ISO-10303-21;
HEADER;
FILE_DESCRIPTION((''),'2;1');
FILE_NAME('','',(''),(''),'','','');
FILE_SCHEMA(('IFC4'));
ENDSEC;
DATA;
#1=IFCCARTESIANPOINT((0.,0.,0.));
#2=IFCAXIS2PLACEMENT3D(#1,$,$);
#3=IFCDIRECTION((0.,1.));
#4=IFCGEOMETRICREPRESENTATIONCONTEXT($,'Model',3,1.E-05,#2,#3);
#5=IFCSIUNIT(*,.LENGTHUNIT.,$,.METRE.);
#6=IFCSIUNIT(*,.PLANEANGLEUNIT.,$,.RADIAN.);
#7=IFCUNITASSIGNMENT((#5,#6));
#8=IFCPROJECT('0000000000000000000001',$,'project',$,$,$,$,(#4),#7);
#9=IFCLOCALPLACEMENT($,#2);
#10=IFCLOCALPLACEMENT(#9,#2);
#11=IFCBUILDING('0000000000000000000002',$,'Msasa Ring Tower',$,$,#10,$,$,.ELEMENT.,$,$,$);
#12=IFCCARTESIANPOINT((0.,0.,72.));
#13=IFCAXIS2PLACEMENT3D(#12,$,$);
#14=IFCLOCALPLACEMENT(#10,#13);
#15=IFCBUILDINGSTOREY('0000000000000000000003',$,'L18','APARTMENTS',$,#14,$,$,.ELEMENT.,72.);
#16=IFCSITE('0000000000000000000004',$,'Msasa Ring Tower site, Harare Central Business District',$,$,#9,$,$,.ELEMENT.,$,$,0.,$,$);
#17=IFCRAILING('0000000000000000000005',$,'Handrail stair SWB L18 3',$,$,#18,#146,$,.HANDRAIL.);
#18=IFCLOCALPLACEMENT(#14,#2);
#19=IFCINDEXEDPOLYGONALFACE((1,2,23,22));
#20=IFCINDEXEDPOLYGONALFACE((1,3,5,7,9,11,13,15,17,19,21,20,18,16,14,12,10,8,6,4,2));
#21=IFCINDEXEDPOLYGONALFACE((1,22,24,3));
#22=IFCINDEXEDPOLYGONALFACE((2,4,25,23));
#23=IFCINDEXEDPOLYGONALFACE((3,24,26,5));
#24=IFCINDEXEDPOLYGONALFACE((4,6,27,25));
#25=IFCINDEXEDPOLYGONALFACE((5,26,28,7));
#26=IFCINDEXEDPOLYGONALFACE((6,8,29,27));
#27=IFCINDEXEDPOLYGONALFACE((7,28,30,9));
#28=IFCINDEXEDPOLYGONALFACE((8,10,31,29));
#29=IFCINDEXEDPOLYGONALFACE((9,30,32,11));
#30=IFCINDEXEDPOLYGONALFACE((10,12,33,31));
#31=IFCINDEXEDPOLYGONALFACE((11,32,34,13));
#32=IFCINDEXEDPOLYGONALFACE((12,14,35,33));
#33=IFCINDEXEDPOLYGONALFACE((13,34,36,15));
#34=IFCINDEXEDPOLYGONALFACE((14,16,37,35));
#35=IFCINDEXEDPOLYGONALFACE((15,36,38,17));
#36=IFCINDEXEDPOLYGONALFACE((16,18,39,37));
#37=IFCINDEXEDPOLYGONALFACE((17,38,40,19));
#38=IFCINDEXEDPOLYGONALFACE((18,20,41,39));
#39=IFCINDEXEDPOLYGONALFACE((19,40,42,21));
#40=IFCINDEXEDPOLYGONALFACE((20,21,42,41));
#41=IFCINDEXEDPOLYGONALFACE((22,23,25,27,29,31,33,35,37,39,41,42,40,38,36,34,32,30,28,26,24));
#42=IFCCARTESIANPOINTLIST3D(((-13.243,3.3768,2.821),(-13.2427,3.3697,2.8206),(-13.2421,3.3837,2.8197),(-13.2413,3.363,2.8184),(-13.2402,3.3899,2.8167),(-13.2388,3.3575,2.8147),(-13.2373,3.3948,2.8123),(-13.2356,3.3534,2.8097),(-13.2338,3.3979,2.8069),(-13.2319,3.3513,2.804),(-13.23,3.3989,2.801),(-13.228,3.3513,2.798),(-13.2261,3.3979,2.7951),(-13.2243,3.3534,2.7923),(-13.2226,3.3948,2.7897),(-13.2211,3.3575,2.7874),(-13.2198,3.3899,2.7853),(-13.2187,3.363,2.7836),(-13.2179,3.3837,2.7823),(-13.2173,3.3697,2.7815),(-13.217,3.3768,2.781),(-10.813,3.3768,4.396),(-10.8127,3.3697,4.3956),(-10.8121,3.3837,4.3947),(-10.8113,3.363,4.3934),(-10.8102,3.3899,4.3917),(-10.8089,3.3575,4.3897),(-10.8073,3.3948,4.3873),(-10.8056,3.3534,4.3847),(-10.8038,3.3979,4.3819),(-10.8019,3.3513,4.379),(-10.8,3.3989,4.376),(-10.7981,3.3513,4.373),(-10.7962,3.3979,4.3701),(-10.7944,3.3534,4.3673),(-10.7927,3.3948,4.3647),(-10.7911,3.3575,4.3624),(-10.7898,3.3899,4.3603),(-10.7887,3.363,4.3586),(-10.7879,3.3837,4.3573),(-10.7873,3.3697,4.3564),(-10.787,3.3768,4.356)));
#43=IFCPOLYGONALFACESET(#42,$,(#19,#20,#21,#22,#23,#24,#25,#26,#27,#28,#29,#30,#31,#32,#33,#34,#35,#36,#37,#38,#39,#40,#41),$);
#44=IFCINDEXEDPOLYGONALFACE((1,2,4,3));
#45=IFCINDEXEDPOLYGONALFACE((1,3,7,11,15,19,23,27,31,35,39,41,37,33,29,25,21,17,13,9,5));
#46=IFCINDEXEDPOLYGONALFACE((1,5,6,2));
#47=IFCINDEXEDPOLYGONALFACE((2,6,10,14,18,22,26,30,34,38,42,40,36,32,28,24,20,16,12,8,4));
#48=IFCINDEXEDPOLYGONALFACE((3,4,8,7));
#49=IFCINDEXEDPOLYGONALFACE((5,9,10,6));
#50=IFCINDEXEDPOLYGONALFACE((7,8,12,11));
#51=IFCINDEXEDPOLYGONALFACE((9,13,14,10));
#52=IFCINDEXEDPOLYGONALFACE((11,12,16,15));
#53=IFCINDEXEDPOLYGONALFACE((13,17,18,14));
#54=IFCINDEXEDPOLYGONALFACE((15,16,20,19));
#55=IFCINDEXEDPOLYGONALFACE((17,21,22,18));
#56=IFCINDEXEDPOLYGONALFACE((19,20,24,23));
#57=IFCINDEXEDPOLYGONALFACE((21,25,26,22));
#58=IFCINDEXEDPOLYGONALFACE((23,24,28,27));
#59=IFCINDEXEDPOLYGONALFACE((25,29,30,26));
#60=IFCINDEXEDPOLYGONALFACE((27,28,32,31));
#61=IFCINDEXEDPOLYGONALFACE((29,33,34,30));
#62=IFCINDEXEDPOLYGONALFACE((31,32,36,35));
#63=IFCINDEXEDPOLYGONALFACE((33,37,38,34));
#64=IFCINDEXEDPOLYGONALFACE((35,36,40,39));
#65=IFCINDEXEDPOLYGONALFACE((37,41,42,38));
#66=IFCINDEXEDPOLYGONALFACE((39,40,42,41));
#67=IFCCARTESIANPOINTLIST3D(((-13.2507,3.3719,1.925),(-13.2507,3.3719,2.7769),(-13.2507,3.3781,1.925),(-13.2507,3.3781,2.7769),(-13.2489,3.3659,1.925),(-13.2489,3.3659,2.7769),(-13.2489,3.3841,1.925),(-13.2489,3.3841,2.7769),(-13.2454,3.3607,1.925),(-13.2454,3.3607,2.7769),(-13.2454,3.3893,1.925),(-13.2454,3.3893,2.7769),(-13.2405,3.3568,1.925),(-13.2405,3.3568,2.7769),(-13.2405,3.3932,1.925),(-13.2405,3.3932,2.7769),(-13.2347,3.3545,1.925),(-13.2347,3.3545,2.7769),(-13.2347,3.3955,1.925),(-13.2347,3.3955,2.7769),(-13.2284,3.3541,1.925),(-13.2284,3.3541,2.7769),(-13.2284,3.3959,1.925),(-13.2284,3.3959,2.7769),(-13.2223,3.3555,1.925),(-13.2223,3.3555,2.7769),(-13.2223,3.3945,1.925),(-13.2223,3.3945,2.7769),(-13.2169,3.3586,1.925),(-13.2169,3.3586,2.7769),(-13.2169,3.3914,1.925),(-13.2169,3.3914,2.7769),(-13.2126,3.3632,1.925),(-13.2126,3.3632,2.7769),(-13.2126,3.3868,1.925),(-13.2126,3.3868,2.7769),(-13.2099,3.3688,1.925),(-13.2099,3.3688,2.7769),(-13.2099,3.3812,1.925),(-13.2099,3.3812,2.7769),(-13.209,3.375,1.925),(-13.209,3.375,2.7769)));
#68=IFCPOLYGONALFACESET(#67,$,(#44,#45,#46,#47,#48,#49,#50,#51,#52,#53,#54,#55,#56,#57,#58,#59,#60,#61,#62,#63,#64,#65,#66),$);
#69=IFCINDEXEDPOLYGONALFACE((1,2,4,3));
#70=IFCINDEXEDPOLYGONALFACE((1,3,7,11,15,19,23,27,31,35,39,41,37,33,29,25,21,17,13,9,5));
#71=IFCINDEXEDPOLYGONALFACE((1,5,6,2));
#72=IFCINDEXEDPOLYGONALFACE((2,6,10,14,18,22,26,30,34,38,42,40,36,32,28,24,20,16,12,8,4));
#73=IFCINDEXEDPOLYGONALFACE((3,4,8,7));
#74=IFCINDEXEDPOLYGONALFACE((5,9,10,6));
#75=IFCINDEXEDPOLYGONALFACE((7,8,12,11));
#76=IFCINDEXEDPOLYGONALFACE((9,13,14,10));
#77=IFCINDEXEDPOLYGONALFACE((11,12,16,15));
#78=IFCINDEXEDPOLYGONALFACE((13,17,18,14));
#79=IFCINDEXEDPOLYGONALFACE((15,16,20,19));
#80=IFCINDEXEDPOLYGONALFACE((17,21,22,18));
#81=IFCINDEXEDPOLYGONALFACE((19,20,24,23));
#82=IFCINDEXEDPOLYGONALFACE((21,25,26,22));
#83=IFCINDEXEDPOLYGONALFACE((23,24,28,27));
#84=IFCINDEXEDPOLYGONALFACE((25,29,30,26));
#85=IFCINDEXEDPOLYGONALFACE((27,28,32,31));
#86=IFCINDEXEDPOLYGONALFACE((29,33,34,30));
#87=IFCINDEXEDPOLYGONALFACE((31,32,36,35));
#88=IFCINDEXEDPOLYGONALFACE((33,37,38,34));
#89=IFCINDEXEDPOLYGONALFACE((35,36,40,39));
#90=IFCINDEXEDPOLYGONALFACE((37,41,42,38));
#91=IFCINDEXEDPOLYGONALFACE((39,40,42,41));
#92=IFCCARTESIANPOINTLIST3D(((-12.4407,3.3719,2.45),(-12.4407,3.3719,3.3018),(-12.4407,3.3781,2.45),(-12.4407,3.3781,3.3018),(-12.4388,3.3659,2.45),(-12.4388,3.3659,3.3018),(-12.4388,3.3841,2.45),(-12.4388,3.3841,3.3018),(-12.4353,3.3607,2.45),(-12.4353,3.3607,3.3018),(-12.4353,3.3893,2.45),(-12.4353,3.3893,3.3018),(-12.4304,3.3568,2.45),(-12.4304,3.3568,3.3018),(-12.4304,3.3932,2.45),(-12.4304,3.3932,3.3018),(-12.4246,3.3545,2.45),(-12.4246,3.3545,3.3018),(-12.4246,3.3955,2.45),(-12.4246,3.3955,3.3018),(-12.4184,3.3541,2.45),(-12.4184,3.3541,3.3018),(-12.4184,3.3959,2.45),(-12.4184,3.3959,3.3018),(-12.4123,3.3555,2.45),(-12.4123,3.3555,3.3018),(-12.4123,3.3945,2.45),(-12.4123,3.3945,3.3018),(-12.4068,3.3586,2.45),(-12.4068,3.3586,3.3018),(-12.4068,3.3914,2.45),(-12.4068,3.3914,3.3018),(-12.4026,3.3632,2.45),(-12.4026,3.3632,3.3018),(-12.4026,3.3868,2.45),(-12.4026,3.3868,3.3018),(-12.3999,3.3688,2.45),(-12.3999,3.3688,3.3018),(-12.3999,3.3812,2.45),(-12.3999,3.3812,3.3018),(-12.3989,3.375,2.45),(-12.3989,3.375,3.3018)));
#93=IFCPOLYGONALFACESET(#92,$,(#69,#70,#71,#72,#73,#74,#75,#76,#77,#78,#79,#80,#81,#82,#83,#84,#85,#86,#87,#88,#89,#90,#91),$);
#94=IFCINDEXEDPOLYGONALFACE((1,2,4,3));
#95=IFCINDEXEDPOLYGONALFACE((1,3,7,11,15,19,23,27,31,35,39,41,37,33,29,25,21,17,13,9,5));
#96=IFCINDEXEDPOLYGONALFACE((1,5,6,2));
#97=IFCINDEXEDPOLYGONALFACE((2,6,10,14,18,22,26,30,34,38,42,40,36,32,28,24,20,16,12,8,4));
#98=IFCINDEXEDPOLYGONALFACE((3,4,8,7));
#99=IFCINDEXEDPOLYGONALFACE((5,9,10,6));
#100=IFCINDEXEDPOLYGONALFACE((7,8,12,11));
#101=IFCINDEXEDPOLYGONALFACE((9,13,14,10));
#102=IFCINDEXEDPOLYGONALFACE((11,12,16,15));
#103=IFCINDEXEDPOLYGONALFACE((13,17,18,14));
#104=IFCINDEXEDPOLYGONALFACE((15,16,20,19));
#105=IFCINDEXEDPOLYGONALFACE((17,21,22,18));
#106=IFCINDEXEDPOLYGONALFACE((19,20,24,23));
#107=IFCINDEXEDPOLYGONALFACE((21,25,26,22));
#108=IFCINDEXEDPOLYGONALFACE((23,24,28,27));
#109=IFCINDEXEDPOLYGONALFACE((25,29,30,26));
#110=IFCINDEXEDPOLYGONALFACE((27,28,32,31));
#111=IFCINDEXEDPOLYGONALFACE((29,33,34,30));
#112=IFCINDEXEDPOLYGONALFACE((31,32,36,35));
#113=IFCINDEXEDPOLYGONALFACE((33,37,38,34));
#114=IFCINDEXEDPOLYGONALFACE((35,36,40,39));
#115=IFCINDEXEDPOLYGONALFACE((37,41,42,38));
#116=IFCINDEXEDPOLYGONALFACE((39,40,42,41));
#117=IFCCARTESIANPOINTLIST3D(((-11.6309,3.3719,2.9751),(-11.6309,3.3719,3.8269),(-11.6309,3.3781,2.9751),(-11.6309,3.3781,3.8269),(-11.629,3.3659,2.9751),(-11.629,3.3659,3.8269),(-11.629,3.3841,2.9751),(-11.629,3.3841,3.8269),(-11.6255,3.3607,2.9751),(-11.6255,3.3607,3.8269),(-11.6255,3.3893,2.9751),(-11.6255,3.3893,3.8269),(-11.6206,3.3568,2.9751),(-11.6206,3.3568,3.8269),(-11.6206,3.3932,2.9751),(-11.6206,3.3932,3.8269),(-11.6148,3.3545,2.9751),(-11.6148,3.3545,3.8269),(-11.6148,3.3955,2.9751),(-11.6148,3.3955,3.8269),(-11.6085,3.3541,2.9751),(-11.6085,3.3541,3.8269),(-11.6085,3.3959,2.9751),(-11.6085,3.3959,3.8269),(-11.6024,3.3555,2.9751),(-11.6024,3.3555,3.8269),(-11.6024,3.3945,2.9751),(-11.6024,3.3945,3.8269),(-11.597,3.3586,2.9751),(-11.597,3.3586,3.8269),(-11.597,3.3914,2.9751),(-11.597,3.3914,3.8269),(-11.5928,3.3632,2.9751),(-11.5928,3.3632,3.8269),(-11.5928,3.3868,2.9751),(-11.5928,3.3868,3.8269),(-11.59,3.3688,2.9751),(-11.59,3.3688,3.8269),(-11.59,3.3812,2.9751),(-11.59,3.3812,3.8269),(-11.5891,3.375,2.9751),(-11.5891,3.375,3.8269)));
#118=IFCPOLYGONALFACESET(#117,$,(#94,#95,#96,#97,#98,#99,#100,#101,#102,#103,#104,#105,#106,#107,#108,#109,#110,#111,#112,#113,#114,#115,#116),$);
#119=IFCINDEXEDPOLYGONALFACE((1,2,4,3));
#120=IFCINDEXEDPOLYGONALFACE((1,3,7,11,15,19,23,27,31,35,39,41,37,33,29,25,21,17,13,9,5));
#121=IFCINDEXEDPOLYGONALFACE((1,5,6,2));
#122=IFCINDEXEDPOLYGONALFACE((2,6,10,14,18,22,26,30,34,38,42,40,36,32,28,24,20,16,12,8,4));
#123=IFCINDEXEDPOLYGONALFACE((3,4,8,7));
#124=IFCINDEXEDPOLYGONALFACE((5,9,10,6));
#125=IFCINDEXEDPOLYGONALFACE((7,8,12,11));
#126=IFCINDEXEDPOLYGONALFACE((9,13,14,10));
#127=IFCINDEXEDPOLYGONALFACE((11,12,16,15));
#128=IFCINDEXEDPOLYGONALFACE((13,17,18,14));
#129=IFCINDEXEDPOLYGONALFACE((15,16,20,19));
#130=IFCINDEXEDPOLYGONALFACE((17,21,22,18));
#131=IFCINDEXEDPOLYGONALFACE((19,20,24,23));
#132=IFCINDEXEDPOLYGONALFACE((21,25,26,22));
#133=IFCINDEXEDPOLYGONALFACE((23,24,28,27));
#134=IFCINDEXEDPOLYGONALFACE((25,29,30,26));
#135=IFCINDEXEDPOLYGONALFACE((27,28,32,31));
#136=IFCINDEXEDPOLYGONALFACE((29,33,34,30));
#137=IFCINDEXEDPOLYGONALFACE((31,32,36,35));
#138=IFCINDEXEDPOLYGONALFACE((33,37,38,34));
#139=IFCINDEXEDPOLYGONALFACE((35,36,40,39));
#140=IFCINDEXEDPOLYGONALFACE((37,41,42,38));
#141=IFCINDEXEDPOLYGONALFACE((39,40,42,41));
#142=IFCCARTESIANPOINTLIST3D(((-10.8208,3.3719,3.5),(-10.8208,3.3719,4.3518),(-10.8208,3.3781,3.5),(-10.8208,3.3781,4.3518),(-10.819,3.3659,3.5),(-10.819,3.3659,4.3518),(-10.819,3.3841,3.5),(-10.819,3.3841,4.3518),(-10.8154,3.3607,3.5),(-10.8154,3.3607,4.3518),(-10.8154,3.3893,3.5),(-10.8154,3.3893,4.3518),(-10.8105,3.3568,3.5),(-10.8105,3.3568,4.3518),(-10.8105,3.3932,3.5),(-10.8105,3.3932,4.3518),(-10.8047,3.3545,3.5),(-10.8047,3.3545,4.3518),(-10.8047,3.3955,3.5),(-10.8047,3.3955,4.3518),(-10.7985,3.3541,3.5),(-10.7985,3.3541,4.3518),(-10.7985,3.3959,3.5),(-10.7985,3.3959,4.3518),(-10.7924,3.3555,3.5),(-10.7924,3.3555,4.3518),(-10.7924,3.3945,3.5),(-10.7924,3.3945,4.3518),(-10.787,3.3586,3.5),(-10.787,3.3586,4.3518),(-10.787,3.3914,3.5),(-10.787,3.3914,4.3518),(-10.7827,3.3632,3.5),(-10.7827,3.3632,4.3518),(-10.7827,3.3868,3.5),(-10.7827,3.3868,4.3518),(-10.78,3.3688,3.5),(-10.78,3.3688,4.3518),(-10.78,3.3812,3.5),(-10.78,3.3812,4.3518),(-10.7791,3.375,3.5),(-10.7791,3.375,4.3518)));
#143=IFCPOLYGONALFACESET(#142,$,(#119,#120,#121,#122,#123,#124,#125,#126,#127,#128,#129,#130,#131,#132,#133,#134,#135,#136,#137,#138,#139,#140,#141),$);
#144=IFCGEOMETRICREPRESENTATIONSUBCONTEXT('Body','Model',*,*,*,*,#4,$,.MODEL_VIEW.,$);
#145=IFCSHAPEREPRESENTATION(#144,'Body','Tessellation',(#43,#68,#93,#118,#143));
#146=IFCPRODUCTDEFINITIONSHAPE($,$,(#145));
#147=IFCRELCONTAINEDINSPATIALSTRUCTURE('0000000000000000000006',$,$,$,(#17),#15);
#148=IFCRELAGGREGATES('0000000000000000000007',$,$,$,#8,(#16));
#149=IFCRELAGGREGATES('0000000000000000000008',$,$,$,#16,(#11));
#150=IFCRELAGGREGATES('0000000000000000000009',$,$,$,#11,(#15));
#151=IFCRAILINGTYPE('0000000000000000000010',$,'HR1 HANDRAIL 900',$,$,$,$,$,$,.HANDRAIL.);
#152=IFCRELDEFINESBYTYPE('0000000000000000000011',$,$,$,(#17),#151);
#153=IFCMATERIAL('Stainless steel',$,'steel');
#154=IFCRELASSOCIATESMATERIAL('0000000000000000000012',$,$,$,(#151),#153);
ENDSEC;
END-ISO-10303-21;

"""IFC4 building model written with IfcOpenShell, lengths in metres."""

from ifc_helpers import new_model, si_unit, direction, frame, origin, origin_2d, place, context, subcontext, project, spatial, circle, extrude, material, type_object, element, save


model = new_model("IFC4")

# Units and contexts
model_context = context("Model", 3, precision=1e-05, world=origin(), true_north=direction((0.0, 1.0)))
body_context = subcontext(model_context, "Body", "Model", "MODEL_VIEW")
ifc_project = project(units=[si_unit("LENGTHUNIT", "METRE"), si_unit("PLANEANGLEUNIT", "RADIAN")], contexts=[model_context])

# Site, building, storey
site_placement = place(None, origin())
site = spatial("IfcSite", under=ifc_project, at=site_placement, Name="Msasa Ring Tower site, Harare Central Business District", CompositionType="ELEMENT", RefElevation=0.0)
building_placement = place(site_placement, origin())
building = spatial("IfcBuilding", under=site, at=building_placement, Name="Msasa Ring Tower", CompositionType="ELEMENT")
storey_placement = place(building_placement, frame((0.0, 0.0, 72.0)))
storey = spatial("IfcBuildingStorey", under=building, at=storey_placement, Name="L18", Description="APARTMENTS", CompositionType="ELEMENT", Elevation=72.0)

# Railing
ifc_material_1 = material(Name="Stainless steel", Category="steel")
railing_type = type_object("IfcRailingType", Name="HR1 HANDRAIL 900", PredefinedType="HANDRAIL", material=ifc_material_1)
for number, where, name in (
    (1, (-13.23, 3.375, 1.925), "Handrail stair SWB L18 3"),
):
    element("IfcRailing", number, at=place(storey_placement, frame(where)), inside=storey, type_object=railing_type, Name=name, PredefinedType="HANDRAIL", context=body_context, shape_type="SweptSolid", body=[
        extrude(circle(Radius=0.0239, at=origin_2d()), frame((0.0, 0.0, 0.876), z_axis=(0.839154, 0.0, 0.543894), x_axis=(0.0, 1.0, 0.0)), (0.0, 0.0, 1.0), 2.8958),
        extrude(circle(Radius=0.021, at=origin_2d()), origin(), (0.0, 0.0, 1.0), 0.8518),
        extrude(circle(Radius=0.021, at=origin_2d()), frame((0.8101, 0.0, 0.5249)), (0.0, 0.0, 1.0), 0.8518),
        extrude(circle(Radius=0.021, at=origin_2d()), frame((1.6199, 0.0, 1.05)), (0.0, 0.0, 1.0), 0.8518),
        extrude(circle(Radius=0.021, at=origin_2d()), frame((2.4299, 0.0, 1.575)), (0.0, 0.0, 1.0), 0.8518),
    ])

save(model, "model.ifc")
